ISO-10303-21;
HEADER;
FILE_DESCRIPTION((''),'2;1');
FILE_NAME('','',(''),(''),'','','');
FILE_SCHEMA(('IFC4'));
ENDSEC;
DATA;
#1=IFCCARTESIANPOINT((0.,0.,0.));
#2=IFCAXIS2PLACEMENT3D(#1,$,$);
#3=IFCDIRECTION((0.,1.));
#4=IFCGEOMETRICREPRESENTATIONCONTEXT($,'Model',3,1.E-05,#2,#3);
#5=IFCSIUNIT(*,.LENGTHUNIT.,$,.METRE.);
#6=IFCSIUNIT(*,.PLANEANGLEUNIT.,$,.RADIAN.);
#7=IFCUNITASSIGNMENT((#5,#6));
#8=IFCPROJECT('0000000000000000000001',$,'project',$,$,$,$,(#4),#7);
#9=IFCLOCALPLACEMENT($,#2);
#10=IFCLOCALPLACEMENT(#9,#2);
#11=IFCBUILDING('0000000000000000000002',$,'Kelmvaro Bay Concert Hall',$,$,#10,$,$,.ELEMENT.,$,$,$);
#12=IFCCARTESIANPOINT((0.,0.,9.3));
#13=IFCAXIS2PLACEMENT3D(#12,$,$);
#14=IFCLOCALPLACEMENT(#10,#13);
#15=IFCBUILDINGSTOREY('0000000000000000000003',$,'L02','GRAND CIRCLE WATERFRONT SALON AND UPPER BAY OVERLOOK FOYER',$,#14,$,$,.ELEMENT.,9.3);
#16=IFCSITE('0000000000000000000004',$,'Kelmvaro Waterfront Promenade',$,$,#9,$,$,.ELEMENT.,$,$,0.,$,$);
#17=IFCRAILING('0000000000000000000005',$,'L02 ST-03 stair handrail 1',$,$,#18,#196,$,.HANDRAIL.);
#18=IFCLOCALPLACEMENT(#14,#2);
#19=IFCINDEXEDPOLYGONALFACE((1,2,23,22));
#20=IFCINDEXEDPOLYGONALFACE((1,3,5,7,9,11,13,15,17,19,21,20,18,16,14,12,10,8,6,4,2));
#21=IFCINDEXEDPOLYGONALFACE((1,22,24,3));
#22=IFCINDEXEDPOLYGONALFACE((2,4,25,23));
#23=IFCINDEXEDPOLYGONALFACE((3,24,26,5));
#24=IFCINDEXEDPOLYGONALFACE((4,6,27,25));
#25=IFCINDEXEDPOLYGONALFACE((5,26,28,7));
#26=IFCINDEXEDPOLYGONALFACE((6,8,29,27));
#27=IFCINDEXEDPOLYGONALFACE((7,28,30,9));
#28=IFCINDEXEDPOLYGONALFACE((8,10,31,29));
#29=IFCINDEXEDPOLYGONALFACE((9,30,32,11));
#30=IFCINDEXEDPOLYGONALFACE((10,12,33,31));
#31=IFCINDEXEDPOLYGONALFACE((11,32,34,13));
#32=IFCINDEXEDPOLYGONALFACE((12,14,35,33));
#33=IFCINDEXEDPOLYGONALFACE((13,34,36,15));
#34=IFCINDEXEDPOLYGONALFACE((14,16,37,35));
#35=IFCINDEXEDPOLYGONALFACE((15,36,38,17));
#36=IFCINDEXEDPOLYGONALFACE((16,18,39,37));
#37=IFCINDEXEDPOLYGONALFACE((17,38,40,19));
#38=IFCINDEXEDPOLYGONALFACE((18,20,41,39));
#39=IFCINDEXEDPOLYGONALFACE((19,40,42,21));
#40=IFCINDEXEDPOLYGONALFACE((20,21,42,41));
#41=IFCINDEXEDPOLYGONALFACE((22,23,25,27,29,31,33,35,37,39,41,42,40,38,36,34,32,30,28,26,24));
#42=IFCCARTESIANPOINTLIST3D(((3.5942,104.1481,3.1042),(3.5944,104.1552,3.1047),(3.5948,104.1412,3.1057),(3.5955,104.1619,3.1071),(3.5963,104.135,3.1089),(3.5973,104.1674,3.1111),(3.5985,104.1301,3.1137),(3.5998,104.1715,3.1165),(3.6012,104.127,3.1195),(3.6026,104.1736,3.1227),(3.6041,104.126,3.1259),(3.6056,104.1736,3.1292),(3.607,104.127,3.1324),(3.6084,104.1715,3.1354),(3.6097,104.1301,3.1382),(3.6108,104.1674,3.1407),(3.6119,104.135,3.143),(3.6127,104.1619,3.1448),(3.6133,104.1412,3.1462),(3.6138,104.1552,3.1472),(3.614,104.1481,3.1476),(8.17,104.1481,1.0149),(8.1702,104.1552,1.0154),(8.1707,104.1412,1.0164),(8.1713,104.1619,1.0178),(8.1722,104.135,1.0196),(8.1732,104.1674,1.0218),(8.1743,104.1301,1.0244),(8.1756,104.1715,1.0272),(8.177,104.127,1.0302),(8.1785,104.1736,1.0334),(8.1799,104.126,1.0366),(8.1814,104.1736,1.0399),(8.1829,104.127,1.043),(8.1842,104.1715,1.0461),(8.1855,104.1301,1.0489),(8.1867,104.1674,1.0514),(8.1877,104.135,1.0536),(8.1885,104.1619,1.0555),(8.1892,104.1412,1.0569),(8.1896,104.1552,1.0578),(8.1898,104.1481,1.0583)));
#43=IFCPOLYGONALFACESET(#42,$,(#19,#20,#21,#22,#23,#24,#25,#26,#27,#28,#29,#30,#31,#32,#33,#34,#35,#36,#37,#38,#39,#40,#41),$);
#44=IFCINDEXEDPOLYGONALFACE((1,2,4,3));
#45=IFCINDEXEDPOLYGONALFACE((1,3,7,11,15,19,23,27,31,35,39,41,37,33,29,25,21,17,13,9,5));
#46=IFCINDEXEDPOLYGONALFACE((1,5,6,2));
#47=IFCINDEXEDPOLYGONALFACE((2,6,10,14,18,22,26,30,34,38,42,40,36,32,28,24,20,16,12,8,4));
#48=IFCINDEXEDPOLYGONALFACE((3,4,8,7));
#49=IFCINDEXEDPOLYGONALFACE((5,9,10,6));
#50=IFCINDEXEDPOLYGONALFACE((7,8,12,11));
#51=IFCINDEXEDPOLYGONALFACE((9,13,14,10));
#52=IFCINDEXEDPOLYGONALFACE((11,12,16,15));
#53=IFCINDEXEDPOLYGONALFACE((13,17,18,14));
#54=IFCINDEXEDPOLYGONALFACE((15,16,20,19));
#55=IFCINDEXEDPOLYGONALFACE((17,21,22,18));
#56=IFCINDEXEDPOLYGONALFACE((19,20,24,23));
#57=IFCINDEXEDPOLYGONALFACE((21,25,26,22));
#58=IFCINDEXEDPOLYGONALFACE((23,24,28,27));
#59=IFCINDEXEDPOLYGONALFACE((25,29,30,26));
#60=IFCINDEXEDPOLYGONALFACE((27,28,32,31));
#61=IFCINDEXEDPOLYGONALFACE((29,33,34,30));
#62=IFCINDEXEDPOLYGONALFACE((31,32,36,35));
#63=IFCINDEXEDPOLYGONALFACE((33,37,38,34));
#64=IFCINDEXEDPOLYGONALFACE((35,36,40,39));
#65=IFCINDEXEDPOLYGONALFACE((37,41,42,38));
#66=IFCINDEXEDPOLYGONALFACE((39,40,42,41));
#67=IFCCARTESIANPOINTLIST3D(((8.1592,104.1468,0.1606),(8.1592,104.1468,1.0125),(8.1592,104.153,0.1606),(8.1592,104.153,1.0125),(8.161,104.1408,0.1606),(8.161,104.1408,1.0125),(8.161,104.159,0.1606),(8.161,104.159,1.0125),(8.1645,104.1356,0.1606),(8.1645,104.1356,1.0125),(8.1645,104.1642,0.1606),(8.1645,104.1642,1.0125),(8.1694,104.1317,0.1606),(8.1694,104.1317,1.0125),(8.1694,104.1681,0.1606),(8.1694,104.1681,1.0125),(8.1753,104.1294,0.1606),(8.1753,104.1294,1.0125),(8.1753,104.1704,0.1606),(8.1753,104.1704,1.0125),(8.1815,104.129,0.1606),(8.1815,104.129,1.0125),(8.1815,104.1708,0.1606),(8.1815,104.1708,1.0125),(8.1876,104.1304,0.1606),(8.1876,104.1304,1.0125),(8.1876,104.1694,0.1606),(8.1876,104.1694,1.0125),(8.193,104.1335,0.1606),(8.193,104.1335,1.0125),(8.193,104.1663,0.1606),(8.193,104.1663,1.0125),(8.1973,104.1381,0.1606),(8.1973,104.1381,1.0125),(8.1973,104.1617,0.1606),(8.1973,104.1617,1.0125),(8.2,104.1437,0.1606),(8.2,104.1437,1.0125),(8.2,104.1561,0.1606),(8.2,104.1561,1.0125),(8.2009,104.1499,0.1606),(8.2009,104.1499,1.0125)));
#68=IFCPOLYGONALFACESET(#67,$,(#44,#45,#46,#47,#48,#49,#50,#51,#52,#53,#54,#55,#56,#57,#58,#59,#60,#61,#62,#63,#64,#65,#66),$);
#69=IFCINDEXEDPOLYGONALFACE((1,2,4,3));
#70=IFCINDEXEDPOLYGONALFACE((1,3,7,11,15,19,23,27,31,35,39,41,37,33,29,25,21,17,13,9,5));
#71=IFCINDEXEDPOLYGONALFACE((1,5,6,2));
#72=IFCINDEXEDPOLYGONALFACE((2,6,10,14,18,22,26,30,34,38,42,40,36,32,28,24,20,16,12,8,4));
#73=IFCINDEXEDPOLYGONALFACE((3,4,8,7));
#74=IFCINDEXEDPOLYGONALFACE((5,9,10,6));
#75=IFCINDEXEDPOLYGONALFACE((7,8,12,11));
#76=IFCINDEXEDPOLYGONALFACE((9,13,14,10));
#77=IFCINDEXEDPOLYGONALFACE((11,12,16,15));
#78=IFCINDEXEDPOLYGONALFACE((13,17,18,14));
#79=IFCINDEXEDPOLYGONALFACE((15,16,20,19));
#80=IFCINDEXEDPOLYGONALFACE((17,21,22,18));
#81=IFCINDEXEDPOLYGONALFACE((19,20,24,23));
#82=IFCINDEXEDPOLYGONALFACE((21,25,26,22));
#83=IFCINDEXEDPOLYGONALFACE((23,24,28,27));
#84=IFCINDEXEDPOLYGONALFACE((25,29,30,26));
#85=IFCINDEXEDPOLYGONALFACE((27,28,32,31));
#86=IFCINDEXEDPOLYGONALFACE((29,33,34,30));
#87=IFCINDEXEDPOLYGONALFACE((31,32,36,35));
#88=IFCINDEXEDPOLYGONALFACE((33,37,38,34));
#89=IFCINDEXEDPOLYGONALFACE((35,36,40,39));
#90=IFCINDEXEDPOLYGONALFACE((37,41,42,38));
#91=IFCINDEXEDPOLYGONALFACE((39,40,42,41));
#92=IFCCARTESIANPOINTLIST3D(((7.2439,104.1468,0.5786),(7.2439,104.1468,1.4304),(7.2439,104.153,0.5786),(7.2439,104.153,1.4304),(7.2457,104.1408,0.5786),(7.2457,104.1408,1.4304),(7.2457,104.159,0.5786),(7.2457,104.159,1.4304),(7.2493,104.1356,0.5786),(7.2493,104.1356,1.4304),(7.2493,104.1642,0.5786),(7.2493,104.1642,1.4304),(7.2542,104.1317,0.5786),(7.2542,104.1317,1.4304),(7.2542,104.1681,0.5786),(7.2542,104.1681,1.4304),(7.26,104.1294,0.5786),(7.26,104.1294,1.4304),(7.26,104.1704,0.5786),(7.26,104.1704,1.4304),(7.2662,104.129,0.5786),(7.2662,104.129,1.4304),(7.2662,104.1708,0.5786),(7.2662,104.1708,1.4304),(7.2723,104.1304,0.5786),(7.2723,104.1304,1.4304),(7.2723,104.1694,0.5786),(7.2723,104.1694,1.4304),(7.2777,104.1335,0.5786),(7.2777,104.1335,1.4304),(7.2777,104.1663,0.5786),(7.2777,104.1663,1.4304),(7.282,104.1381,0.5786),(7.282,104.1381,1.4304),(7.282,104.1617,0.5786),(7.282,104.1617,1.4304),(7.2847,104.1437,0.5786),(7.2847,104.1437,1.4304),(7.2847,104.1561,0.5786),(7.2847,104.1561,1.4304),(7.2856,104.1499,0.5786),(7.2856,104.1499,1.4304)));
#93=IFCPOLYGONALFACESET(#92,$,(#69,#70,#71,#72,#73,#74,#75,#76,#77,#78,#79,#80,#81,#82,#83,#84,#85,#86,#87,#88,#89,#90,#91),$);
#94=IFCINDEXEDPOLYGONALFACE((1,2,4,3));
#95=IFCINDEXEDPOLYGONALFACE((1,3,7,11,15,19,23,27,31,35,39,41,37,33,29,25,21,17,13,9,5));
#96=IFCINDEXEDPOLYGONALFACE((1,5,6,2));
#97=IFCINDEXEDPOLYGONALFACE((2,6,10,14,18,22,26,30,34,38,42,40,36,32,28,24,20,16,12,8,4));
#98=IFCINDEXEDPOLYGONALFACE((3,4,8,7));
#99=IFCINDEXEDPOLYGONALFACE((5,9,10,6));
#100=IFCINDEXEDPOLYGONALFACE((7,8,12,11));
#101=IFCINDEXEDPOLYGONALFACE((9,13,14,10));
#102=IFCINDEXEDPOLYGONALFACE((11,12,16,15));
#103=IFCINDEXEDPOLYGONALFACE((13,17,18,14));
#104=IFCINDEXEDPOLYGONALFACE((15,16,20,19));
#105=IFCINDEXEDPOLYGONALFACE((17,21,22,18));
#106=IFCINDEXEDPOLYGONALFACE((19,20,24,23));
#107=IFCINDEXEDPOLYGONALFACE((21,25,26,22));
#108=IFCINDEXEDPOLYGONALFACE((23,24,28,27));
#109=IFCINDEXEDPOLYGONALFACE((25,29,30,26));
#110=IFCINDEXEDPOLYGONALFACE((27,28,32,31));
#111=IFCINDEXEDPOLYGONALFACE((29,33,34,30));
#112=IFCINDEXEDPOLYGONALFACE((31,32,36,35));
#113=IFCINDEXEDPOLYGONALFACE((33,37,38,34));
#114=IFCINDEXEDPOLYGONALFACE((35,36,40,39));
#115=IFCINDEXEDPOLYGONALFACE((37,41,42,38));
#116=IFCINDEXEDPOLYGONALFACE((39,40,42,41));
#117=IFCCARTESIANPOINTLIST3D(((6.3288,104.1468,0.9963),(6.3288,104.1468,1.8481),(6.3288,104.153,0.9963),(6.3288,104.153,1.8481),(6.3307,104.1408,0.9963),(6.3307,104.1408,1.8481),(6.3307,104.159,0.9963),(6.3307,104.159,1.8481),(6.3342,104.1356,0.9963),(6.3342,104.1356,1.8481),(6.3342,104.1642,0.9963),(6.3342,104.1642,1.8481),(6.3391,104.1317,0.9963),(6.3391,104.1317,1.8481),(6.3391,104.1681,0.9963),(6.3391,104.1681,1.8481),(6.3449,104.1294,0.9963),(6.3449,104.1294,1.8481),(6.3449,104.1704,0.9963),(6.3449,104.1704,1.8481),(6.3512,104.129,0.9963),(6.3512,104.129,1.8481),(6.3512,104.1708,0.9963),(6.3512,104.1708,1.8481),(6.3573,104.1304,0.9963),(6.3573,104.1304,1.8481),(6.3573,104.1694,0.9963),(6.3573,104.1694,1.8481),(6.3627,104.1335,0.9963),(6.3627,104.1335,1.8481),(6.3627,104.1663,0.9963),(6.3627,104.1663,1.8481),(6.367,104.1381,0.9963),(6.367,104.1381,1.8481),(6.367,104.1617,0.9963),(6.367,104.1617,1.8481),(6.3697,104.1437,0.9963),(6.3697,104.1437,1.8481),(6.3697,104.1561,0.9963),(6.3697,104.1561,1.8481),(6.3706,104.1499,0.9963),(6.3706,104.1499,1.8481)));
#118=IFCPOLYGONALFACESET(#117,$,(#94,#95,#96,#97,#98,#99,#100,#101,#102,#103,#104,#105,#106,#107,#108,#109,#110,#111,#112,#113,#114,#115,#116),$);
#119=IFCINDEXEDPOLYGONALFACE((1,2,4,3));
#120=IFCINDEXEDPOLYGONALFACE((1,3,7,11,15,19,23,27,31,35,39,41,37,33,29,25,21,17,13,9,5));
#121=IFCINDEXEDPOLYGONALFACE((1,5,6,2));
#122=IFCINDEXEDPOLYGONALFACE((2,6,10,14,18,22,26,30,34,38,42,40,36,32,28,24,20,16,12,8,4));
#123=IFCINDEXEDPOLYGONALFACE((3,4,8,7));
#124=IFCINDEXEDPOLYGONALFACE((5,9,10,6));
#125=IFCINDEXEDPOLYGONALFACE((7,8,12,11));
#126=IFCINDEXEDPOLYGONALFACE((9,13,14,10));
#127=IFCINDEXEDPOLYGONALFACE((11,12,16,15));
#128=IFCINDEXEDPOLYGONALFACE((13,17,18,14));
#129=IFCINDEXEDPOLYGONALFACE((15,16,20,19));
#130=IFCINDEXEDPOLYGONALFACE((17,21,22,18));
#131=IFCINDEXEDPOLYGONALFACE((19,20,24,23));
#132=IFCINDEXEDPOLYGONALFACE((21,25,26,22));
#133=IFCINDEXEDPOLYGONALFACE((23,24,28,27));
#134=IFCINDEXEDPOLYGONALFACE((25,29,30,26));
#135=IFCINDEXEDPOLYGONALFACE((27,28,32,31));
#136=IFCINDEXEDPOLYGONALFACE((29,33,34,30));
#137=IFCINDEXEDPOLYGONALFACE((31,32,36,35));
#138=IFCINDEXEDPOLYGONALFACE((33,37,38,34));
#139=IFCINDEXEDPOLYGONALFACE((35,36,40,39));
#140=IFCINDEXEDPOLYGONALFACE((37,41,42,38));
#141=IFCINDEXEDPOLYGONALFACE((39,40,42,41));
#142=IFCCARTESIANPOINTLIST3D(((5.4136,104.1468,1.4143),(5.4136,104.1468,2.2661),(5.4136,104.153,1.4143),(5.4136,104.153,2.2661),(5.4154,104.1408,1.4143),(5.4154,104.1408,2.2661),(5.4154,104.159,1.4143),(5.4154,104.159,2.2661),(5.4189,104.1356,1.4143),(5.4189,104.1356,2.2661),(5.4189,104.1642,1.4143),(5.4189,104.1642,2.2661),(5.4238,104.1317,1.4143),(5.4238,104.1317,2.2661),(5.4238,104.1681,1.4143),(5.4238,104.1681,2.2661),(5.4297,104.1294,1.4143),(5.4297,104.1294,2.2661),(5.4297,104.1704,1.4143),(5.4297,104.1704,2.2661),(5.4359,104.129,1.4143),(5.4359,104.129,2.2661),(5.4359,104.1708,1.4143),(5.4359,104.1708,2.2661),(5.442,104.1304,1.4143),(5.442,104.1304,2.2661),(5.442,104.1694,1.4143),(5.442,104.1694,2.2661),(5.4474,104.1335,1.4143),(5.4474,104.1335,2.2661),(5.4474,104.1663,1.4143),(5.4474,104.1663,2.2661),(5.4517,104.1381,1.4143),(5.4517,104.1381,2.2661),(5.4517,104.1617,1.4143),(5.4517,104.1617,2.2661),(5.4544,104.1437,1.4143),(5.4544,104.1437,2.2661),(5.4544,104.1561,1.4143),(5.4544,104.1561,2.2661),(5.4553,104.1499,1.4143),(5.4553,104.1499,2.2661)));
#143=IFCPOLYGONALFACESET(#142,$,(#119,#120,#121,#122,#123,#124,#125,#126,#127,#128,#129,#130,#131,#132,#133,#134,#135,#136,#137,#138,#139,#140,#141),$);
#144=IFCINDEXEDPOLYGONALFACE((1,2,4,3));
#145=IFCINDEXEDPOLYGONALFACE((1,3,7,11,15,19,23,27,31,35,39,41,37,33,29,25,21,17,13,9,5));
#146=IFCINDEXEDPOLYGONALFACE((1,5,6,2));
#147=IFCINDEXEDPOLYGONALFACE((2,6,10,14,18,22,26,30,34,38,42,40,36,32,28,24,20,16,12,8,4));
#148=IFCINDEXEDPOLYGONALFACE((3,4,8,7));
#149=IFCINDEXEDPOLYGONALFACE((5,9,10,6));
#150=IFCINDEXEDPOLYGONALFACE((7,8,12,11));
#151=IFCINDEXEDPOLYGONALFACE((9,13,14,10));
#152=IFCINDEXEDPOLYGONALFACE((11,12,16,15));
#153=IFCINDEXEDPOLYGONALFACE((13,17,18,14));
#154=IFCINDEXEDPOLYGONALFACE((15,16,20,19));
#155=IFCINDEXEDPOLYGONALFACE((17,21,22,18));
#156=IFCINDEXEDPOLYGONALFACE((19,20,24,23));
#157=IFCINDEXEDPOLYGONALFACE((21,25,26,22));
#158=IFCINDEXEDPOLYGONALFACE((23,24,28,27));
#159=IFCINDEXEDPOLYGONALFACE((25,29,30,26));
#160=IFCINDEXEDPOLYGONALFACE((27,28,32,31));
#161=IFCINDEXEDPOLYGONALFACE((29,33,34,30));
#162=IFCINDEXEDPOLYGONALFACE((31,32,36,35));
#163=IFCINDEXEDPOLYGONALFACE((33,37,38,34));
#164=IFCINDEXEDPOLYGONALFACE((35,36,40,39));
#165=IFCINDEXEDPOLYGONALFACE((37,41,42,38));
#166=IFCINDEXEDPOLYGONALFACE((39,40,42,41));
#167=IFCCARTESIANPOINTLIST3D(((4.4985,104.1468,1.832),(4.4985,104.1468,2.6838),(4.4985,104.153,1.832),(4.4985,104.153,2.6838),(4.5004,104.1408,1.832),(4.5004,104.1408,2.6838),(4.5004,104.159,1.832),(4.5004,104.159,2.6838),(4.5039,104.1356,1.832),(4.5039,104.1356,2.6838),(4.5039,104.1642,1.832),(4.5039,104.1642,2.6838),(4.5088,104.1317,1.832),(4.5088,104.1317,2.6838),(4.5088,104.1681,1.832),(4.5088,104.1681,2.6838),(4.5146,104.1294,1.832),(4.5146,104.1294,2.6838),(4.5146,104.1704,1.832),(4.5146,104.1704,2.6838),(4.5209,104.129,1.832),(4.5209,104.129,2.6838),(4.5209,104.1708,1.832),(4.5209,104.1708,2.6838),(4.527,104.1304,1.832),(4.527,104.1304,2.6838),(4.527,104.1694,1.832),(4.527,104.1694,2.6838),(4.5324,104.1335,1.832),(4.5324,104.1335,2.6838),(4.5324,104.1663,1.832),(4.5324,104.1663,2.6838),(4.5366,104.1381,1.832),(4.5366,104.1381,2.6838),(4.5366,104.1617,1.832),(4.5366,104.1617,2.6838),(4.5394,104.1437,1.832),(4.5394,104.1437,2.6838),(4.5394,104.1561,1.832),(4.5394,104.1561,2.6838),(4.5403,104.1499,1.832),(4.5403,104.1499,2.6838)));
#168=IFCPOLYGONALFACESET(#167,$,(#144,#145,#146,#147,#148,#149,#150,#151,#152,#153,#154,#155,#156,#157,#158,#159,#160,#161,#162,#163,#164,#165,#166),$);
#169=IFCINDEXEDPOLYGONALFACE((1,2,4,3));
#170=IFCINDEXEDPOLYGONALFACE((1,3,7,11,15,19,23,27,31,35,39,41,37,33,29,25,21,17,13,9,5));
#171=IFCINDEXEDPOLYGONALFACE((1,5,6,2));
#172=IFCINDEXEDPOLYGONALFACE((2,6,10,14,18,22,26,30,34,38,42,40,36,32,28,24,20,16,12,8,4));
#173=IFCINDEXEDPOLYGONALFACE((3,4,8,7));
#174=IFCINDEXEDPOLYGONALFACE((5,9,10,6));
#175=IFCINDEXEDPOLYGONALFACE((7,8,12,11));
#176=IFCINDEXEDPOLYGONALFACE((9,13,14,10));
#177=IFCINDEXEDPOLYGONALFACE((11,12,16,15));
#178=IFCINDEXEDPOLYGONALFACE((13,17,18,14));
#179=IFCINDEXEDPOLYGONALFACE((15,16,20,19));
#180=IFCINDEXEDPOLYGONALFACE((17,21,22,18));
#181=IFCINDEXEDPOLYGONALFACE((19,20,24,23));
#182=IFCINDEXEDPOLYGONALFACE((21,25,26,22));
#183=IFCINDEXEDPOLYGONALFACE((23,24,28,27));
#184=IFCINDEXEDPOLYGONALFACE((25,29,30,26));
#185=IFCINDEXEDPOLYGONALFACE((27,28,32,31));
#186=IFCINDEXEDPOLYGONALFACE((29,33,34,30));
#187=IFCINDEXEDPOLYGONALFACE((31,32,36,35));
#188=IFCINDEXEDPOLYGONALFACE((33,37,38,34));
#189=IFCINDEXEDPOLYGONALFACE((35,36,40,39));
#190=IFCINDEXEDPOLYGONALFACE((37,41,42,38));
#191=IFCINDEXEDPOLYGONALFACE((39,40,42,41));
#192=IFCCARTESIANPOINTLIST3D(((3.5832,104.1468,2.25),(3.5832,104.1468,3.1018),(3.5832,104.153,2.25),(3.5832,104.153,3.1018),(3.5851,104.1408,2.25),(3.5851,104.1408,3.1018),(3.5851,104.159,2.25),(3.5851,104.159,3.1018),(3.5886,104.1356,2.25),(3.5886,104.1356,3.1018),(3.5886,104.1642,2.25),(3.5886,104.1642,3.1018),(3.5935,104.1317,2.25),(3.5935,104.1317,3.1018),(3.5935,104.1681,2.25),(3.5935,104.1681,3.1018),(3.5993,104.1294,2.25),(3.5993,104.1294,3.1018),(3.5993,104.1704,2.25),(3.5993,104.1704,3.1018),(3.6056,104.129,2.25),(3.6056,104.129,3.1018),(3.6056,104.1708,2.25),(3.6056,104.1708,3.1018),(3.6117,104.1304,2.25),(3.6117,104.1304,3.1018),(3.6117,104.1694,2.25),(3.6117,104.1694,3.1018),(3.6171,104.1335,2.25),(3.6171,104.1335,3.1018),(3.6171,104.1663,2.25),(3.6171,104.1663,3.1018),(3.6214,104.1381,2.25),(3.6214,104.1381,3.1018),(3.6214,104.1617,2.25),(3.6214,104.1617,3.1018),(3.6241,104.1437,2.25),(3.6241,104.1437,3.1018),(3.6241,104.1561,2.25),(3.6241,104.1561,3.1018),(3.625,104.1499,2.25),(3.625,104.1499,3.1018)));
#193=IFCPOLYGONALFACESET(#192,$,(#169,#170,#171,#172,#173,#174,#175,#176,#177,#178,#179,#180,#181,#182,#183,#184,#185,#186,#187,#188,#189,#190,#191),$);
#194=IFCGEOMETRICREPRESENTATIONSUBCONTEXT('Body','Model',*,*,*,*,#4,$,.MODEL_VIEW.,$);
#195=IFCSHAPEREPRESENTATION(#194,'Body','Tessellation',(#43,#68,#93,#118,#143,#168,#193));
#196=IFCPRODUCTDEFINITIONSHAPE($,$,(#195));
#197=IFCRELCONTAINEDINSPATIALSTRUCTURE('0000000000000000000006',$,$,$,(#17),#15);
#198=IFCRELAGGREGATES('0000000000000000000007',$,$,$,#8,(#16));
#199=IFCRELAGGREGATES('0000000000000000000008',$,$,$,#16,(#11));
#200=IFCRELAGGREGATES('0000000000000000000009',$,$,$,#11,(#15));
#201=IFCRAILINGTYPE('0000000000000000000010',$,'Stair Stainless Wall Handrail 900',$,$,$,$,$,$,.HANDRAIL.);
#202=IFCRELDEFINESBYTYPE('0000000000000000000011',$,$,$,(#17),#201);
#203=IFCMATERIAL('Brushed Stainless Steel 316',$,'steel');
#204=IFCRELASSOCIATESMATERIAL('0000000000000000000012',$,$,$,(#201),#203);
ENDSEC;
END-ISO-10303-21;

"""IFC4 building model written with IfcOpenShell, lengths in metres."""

from ifc_helpers import new_model, si_unit, direction, frame, origin, origin_2d, place, context, subcontext, project, spatial, circle, extrude, material, type_object, element, save


model = new_model("IFC4")

# Units and contexts
model_context = context("Model", 3, precision=1e-05, world=origin(), true_north=direction((0.0, 1.0)))
body_context = subcontext(model_context, "Body", "Model", "MODEL_VIEW")
ifc_project = project(units=[si_unit("LENGTHUNIT", "METRE"), si_unit("PLANEANGLEUNIT", "RADIAN")], contexts=[model_context])

# Site, building, storey
site_placement = place(None, origin())
site = spatial("IfcSite", under=ifc_project, at=site_placement, Name="Kelmvaro Waterfront Promenade", CompositionType="ELEMENT", RefElevation=0.0)
building_placement = place(site_placement, origin())
building = spatial("IfcBuilding", under=site, at=building_placement, Name="Kelmvaro Bay Concert Hall", CompositionType="ELEMENT")
storey_placement = place(building_placement, frame((0.0, 0.0, 9.3)))
storey = spatial("IfcBuildingStorey", under=building, at=storey_placement, Name="L02", Description="GRAND CIRCLE WATERFRONT SALON AND UPPER BAY OVERLOOK FOYER", CompositionType="ELEMENT", Elevation=9.3)

# Railing
ifc_material_1 = material(Name="Brushed Stainless Steel 316", Category="steel")
railing_type_1 = type_object("IfcRailingType", Name="Stair Stainless Wall Handrail 900", PredefinedType="HANDRAIL", material=ifc_material_1)
railing_1_placement = place(storey_placement, frame((8.1799, 104.1499, 0.1606)))
element("IfcRailing", 1, at=railing_1_placement, inside=storey, type_object=railing_type_1, Name="L02 ST-03 stair handrail 1", PredefinedType="HANDRAIL", context=body_context, shape_type="SweptSolid", body=[
    extrude(circle(Radius=0.0239, at=origin_2d()), frame((0.0, 0.0, 0.876), z_axis=(-0.909662, 0.0, 0.415349), x_axis=(0.0, -1.0, 0.0)), (0.0, 0.0, 1.0), 5.0303),
    extrude(circle(Radius=0.021, at=origin_2d()), origin(), (0.0, 0.0, 1.0), 0.8518),
    extrude(circle(Radius=0.021, at=origin_2d()), frame((-0.9153, 0.0, 0.418)), (0.0, 0.0, 1.0), 0.8518),
    extrude(circle(Radius=0.021, at=origin_2d()), frame((-1.8303, 0.0, 0.8357)), (0.0, 0.0, 1.0), 0.8518),
    extrude(circle(Radius=0.021, at=origin_2d()), frame((-2.7456, 0.0, 1.2537)), (0.0, 0.0, 1.0), 0.8518),
    extrude(circle(Radius=0.021, at=origin_2d()), frame((-3.6606, 0.0, 1.6714)), (0.0, 0.0, 1.0), 0.8518),
    extrude(circle(Radius=0.021, at=origin_2d()), frame((-4.5759, 0.0, 2.0894)), (0.0, 0.0, 1.0), 0.8518),
])

save(model, "model.ifc")
